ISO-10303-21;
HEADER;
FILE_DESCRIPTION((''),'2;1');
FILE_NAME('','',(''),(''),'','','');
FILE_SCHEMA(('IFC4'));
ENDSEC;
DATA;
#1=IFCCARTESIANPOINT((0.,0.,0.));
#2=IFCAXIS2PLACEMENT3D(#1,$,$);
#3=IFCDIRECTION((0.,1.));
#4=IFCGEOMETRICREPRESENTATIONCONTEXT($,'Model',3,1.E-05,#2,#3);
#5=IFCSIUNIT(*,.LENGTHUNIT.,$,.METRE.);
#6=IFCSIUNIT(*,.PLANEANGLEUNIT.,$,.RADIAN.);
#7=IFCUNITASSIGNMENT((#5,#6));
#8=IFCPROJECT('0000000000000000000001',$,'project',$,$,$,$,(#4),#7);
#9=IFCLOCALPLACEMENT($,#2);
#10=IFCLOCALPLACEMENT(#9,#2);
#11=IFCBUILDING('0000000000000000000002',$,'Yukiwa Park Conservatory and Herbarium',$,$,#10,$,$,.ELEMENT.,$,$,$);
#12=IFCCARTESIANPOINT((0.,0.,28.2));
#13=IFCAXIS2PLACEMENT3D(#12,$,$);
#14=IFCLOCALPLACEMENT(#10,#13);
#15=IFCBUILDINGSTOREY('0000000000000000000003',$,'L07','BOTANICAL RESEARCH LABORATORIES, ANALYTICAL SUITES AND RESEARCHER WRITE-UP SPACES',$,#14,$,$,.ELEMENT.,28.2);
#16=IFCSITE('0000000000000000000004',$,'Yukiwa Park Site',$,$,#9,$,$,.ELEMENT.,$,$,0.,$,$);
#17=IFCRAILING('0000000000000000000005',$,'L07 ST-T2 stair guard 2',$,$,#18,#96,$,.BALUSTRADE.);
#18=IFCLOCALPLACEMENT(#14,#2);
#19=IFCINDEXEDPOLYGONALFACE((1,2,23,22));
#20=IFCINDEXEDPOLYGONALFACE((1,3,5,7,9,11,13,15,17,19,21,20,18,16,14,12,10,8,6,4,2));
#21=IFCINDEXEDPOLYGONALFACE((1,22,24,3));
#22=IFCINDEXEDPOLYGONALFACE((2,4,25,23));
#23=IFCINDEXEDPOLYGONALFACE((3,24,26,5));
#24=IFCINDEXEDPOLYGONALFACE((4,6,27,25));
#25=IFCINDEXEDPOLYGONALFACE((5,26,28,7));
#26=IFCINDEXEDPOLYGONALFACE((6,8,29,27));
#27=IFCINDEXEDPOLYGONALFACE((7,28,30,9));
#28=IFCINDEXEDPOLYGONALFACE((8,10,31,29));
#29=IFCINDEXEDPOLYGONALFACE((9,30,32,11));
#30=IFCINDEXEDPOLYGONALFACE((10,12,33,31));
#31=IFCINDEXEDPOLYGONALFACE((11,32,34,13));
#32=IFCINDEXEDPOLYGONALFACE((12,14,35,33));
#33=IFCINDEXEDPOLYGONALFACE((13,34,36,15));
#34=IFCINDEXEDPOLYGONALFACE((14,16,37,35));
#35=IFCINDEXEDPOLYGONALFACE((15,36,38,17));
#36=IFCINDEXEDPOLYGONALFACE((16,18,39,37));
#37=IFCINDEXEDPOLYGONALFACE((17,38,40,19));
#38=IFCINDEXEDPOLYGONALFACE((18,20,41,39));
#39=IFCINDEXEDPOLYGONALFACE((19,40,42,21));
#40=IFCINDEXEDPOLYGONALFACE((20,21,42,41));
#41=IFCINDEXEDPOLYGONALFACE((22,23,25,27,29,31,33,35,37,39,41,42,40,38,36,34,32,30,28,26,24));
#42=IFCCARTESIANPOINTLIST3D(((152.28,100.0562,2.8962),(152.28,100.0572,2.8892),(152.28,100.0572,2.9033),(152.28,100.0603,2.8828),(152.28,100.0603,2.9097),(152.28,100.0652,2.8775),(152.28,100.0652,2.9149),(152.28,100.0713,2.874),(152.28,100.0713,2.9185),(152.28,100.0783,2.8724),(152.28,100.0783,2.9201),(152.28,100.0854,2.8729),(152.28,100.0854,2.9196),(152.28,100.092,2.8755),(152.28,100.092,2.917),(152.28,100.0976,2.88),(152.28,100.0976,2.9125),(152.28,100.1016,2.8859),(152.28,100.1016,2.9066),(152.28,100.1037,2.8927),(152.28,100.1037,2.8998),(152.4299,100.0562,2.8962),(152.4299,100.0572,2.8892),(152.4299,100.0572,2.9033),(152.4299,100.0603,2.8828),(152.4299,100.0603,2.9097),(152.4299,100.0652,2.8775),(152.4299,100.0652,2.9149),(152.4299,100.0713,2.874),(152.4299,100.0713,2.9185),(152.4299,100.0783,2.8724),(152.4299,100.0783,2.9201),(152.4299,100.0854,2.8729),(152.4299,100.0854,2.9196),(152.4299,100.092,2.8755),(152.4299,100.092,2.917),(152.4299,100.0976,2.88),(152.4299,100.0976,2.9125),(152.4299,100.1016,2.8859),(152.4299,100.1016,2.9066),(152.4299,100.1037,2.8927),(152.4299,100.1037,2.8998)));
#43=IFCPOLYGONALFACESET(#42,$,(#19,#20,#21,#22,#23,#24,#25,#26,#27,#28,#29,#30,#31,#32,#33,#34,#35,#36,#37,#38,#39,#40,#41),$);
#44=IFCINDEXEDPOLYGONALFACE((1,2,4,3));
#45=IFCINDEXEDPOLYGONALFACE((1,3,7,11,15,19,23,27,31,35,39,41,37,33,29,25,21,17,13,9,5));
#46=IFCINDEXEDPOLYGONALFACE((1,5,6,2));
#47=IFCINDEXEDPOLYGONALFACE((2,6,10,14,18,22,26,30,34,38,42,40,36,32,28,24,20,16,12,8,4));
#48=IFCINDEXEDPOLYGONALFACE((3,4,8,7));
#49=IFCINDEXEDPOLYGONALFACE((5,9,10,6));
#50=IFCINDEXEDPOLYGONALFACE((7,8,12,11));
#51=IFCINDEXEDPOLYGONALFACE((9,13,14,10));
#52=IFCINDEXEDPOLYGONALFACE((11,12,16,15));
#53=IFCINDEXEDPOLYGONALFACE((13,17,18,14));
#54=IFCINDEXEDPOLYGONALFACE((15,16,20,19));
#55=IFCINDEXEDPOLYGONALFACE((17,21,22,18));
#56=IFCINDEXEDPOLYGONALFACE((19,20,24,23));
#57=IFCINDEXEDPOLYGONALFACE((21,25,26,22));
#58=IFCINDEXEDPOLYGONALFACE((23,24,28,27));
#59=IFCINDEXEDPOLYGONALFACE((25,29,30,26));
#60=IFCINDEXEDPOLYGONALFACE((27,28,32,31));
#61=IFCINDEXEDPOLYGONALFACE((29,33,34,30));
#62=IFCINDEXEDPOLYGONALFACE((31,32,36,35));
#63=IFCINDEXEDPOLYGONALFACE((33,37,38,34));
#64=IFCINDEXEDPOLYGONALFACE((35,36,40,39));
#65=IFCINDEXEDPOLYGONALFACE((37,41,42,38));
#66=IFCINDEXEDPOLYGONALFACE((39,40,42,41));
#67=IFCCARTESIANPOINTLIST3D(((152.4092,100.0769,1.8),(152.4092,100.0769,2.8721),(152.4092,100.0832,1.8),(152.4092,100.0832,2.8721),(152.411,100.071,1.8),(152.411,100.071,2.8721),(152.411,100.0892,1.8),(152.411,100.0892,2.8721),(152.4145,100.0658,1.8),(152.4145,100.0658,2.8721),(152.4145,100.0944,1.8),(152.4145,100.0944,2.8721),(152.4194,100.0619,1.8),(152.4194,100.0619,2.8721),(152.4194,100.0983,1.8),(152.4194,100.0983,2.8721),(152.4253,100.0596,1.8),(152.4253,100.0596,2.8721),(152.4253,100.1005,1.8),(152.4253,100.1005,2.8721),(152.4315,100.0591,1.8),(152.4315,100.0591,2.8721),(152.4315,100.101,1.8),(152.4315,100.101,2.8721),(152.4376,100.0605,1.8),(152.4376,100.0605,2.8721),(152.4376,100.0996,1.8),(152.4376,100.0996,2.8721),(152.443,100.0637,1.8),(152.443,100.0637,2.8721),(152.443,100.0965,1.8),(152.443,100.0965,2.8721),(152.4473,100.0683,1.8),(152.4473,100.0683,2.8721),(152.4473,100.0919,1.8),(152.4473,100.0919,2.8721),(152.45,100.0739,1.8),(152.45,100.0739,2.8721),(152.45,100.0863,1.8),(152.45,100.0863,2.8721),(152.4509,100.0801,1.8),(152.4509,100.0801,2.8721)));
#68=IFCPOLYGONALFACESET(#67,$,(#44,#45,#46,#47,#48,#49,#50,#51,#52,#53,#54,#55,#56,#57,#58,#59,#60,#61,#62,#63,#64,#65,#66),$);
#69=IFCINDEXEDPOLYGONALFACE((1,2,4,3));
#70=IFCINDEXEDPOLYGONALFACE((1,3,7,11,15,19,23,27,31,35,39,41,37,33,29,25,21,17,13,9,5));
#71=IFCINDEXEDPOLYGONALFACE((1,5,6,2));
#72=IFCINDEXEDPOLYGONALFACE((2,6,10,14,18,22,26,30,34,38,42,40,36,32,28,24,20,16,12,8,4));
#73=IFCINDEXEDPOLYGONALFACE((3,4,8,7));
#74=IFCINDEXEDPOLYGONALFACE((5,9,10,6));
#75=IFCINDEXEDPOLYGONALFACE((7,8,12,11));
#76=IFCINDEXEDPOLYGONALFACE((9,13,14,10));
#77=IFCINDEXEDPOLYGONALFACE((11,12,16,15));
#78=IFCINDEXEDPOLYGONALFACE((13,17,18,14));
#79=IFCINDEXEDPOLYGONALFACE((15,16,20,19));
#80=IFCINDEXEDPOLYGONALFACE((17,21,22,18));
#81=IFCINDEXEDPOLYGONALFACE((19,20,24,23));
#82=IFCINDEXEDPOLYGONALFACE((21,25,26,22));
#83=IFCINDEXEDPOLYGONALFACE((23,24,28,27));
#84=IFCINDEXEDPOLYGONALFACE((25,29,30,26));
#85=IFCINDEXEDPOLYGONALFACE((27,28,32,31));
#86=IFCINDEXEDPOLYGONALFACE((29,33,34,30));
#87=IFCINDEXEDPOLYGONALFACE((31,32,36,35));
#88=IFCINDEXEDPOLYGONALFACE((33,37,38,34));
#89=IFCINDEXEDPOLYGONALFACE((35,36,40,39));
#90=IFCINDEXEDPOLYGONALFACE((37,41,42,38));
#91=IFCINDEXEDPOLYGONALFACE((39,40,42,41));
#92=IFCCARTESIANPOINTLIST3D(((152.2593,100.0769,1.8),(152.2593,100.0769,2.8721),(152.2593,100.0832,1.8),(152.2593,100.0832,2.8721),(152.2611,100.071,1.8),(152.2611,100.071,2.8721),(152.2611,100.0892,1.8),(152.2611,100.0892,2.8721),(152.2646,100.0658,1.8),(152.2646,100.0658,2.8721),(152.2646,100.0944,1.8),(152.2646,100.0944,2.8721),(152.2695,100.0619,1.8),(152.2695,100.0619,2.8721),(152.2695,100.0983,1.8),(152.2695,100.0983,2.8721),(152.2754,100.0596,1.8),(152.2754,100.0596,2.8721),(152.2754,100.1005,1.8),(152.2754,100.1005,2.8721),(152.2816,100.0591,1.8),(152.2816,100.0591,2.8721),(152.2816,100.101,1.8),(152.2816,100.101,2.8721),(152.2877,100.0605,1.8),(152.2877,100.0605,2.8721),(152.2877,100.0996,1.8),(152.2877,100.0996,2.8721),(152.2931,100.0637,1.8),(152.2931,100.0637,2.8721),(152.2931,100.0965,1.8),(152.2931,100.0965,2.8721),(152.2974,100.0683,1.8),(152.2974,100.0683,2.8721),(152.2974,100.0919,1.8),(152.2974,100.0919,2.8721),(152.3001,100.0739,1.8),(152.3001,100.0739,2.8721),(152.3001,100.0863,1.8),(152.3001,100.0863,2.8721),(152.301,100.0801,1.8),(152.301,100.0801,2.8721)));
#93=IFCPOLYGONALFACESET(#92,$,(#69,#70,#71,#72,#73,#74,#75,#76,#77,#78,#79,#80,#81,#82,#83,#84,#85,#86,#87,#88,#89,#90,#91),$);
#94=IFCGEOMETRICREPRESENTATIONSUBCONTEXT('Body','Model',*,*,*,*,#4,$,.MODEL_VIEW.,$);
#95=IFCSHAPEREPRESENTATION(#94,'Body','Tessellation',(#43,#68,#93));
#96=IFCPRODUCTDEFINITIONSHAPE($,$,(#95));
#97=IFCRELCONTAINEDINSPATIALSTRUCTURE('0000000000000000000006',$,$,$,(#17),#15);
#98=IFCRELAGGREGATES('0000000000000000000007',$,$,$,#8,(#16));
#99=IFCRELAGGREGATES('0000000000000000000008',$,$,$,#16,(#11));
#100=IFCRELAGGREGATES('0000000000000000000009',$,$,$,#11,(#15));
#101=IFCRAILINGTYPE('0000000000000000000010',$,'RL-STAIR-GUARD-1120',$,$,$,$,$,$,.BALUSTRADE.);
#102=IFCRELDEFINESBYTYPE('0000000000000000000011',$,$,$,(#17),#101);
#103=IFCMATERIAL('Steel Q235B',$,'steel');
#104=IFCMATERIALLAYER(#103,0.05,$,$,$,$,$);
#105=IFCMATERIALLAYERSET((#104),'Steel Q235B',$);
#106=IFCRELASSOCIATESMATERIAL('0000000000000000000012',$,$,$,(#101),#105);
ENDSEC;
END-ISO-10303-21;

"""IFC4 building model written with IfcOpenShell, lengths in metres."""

from ifc_helpers import new_model, si_unit, direction, frame, origin, origin_2d, place, context, subcontext, project, spatial, circle, extrude, material, layer, layer_set, type_object, element, save


model = new_model("IFC4")

# Units and contexts
model_context = context("Model", 3, precision=1e-05, world=origin(), true_north=direction((0.0, 1.0)))
body_context = subcontext(model_context, "Body", "Model", "MODEL_VIEW")
ifc_project = project(units=[si_unit("LENGTHUNIT", "METRE"), si_unit("PLANEANGLEUNIT", "RADIAN")], contexts=[model_context])

# Site, building, storey
site_placement = place(None, origin())
site = spatial("IfcSite", under=ifc_project, at=site_placement, Name="Yukiwa Park Site", CompositionType="ELEMENT", RefElevation=0.0)
building_placement = place(site_placement, origin())
building = spatial("IfcBuilding", under=site, at=building_placement, Name="Yukiwa Park Conservatory and Herbarium", CompositionType="ELEMENT")
storey_placement = place(building_placement, frame((0.0, 0.0, 28.2)))
storey = spatial("IfcBuildingStorey", under=building, at=storey_placement, Name="L07", Description="BOTANICAL RESEARCH LABORATORIES, ANALYTICAL SUITES AND RESEARCHER WRITE-UP SPACES", CompositionType="ELEMENT", Elevation=28.2)

# Railing
ifc_material_1 = material(Name="Steel Q235B", Category="steel")
ifc_layer_1 = layer(ifc_material_1, 0.05)
ifc_layer_set_1 = layer_set([ifc_layer_1], Name="Steel Q235B")
railing_type_1 = type_object("IfcRailingType", Name="RL-STAIR-GUARD-1120", PredefinedType="BALUSTRADE", material=ifc_layer_set_1)
railing_1_placement = place(storey_placement, frame((152.4299, 100.0801, 1.8)))
element("IfcRailing", 1, at=railing_1_placement, inside=storey, type_object=railing_type_1, Name="L07 ST-T2 stair guard 2", PredefinedType="BALUSTRADE", context=body_context, shape_type="SweptSolid", body=[
    extrude(circle(Radius=0.0239, at=origin_2d()), frame((0.0, 0.0, 1.0962), z_axis=(-1.0, 0.0, 0.0), x_axis=(0.0, -1.0, 0.0)), (0.0, 0.0, 1.0), 0.1499),
    extrude(circle(Radius=0.021, at=origin_2d()), origin(), (0.0, 0.0, 1.0), 1.072),
    extrude(circle(Radius=0.021, at=origin_2d()), frame((-0.1499, 0.0, 0.0)), (0.0, 0.0, 1.0), 1.072),
])

save(model, "model.ifc")
